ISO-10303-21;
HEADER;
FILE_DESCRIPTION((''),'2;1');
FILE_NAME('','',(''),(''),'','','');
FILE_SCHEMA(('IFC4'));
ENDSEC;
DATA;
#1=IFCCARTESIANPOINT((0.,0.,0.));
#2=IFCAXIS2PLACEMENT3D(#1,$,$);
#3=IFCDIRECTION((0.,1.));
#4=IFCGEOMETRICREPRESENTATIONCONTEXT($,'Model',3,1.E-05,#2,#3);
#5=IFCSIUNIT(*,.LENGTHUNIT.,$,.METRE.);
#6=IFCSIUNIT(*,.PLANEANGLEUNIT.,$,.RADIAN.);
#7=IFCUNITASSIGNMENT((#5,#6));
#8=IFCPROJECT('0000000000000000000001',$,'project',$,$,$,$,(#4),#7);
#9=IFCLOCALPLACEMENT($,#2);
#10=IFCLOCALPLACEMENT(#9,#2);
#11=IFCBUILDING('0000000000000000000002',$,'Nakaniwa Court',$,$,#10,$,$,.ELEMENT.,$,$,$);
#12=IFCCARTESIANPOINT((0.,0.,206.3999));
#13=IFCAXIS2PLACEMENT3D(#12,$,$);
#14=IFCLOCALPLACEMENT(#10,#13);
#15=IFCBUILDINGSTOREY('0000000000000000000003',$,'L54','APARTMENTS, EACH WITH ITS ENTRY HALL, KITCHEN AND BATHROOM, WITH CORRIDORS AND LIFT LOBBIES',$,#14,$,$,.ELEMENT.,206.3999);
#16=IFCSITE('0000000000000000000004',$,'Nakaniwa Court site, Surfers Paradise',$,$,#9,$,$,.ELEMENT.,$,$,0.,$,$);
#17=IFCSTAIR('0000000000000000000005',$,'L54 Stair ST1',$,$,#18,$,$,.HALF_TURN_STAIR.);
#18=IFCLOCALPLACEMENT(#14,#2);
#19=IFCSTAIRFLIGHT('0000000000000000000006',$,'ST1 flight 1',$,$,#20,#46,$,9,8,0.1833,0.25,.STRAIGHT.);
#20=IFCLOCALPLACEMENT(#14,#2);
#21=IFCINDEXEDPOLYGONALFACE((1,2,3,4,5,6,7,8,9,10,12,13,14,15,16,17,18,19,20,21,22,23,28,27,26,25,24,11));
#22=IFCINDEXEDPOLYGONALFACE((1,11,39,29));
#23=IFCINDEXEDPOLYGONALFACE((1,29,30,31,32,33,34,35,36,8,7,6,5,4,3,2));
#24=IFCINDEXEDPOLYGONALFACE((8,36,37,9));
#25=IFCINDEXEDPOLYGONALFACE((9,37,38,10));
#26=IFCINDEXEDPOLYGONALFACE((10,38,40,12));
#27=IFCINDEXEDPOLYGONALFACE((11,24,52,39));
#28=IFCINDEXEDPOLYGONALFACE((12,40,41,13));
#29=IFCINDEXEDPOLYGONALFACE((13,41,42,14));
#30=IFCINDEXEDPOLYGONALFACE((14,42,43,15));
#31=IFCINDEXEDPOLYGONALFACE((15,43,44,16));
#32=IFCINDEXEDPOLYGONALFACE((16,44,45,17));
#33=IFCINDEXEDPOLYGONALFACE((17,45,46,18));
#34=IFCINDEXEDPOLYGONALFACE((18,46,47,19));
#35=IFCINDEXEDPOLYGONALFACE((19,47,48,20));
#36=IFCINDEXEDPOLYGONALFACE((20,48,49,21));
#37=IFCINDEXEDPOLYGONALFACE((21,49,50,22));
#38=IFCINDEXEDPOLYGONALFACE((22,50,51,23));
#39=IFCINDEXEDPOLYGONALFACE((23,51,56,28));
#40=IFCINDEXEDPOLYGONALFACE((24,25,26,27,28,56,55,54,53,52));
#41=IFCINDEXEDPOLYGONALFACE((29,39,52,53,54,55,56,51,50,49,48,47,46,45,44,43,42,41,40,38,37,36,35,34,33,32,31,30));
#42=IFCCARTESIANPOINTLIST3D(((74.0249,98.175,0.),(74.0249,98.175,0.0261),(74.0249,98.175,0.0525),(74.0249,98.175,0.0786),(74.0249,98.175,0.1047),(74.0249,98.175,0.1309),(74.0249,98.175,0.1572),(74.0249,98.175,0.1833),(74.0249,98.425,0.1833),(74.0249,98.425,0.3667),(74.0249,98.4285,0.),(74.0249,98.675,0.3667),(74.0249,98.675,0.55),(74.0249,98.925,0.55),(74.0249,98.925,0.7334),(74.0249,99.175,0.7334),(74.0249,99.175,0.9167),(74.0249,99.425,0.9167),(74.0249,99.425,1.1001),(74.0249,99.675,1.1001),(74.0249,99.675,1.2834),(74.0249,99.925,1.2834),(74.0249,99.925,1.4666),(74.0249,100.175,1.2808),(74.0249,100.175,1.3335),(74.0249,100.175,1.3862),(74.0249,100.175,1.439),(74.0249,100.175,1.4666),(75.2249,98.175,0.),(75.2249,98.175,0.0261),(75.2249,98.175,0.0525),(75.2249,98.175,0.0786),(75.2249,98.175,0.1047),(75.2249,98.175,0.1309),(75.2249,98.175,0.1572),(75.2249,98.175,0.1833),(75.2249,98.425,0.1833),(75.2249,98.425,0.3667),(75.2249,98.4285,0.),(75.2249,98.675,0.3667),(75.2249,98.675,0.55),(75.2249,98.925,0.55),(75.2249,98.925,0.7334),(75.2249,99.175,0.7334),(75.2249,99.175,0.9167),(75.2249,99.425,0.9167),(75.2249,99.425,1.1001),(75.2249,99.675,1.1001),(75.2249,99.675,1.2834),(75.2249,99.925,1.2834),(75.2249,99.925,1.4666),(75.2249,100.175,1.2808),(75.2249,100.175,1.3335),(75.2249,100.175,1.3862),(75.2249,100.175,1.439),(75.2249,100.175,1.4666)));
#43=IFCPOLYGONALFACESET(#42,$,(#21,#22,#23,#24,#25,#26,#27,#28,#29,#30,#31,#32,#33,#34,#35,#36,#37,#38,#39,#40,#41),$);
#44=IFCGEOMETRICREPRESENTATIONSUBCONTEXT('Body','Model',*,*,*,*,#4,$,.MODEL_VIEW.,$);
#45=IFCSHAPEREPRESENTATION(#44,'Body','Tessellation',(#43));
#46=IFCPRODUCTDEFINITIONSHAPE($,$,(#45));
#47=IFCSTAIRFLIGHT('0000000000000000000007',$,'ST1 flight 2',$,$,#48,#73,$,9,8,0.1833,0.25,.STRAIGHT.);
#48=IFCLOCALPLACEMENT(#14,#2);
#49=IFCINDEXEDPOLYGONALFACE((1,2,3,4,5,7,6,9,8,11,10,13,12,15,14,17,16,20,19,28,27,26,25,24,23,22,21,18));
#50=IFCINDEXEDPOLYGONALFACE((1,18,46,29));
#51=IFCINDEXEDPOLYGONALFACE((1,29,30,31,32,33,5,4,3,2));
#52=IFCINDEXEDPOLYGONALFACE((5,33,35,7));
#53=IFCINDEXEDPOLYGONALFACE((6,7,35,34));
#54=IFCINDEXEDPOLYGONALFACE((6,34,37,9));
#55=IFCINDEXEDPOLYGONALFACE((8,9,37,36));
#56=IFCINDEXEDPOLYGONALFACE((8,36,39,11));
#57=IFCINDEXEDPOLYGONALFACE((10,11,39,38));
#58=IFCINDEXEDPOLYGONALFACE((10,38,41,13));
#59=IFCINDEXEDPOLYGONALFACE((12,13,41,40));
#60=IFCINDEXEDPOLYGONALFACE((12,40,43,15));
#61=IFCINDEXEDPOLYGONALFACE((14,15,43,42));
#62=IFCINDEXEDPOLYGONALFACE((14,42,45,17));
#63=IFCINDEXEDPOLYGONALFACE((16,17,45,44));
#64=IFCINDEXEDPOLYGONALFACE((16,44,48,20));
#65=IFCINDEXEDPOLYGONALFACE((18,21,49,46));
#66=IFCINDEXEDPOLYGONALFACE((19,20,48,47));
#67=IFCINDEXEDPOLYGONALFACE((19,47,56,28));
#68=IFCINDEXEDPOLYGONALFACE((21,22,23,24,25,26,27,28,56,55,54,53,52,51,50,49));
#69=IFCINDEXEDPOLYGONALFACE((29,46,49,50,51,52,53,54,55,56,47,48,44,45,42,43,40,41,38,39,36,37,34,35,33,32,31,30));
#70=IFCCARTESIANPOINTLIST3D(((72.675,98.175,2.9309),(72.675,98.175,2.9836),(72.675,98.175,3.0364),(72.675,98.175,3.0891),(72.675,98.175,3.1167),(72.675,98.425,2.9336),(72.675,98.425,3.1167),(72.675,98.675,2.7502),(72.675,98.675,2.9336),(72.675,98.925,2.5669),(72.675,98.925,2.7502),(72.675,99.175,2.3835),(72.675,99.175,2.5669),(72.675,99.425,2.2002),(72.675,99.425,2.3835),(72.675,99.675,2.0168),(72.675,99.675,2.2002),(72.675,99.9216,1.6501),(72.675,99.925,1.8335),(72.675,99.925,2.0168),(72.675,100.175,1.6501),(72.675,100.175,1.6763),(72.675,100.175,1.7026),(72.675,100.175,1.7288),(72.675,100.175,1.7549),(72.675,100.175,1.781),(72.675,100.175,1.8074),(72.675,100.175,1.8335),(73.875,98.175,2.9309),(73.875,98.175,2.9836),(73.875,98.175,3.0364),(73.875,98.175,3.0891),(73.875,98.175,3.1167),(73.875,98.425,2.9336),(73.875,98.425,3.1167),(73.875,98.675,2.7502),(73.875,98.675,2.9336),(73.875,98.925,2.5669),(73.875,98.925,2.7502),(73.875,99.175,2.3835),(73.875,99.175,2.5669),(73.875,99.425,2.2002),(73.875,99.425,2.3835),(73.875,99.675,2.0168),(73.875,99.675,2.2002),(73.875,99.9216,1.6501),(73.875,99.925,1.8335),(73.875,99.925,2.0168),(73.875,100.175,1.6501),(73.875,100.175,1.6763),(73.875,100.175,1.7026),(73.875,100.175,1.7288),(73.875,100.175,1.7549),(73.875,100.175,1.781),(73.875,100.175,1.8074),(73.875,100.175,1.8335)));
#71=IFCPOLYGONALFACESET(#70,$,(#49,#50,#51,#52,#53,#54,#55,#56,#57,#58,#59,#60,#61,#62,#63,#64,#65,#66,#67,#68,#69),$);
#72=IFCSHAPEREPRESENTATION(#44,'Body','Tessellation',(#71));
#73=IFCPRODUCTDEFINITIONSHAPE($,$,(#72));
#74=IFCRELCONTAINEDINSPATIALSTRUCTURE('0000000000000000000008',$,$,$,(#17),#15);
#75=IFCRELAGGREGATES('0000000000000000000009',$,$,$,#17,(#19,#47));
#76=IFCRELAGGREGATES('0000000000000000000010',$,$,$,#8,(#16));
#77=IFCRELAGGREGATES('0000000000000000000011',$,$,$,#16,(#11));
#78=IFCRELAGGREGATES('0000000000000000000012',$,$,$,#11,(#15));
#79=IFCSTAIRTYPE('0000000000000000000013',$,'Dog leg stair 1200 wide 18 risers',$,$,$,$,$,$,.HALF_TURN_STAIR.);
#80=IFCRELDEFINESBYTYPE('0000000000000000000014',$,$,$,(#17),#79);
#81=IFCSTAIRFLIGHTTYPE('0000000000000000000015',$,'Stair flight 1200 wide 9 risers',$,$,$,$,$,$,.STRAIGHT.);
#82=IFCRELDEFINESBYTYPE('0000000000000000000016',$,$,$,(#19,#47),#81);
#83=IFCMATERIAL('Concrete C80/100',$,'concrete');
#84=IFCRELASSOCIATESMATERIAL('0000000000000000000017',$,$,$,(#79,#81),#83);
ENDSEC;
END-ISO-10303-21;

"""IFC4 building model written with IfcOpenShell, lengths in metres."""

from ifc_helpers import new_model, si_unit, direction, frame, origin, place, context, subcontext, project, spatial, polyline, outline, extrude, material, type_object, element, aggregate, save


model = new_model("IFC4")

# Units and contexts
model_context = context("Model", 3, precision=1e-05, world=origin(), true_north=direction((0.0, 1.0)))
body_context = subcontext(model_context, "Body", "Model", "MODEL_VIEW")
ifc_project = project(units=[si_unit("LENGTHUNIT", "METRE"), si_unit("PLANEANGLEUNIT", "RADIAN")], contexts=[model_context])

# Site, building, storey
site_placement = place(None, origin())
site = spatial("IfcSite", under=ifc_project, at=site_placement, Name="Nakaniwa Court site, Surfers Paradise", CompositionType="ELEMENT", RefElevation=0.0)
building_placement = place(site_placement, origin())
building = spatial("IfcBuilding", under=site, at=building_placement, Name="Nakaniwa Court", CompositionType="ELEMENT")
storey_placement = place(building_placement, frame((0.0, 0.0, 206.3999)))
storey = spatial("IfcBuildingStorey", under=building, at=storey_placement, Name="L54", Description="APARTMENTS, EACH WITH ITS ENTRY HALL, KITCHEN AND BATHROOM, WITH CORRIDORS AND LIFT LOBBIES", CompositionType="ELEMENT", Elevation=206.3999)

# Shared definitions
ifc_material_1 = material(Name="Concrete C80/100", Category="concrete")

# Stair, stair flights
stair_type = type_object("IfcStairType", Name="Dog leg stair 1200 wide 18 risers", PredefinedType="HALF_TURN_STAIR", material=ifc_material_1)
stair_placement = place(storey_placement, origin())
stair = element("IfcStair", 1, at=stair_placement, inside=storey, type_object=stair_type, Name="L54 Stair ST1", PredefinedType="HALF_TURN_STAIR")
stair_flight_type = type_object("IfcStairFlightType", Name="Stair flight 1200 wide 9 risers", PredefinedType="STRAIGHT", material=ifc_material_1)
stair_flight_1_placement = place(storey_placement, frame((74.625, 98.175, 0.0), z_axis=(0.0, 0.0, 1.0), x_axis=(0.0, 1.0, 0.0)))
stair_flight_1 = element("IfcStairFlight", 2, at=stair_flight_1_placement, type_object=stair_flight_type, Name="ST1 flight 1", NumberOfRisers=9, NumberOfTreads=8, PredefinedType="STRAIGHT", RiserHeight=0.1833, TreadLength=0.25, context=body_context, shape_type="SweptSolid", body=[
    extrude(outline(polyline([(0.0, 0.0), (0.0, 0.0261), (0.0, 0.0525), (0.0, 0.0786), (0.0, 0.1047), (0.0, 0.1309), (0.0, 0.1572), (0.0, 0.1833), (0.25, 0.1833), (0.25, 0.3667), (0.5, 0.3667), (0.5, 0.55), (0.75, 0.55), (0.75, 0.7334), (1.0, 0.7334), (1.0, 0.9167), (1.25, 0.9167), (1.25, 1.1001), (1.5, 1.1001), (1.5, 1.2834), (1.75, 1.2834), (1.75, 1.4666), (2.0, 1.4666), (2.0, 1.6499), (2.0, 1.5972), (2.0, 1.5444), (2.0, 1.4917), (2.0, 1.439), (2.0, 1.3862), (2.0, 1.3335), (2.0, 1.2808), (0.2534, 0.0), (0.0, 0.0)])), frame((0.0, 0.6001, 0.0), z_axis=(0.0, -1.0, 0.0), x_axis=(1.0, 0.0, 0.0)), (0.0, 0.0, 1.0), 1.2),
])
stair_flight_2_placement = place(storey_placement, frame((73.2749, 100.175, 1.6501), z_axis=(0.0, 0.0, 1.0), x_axis=(0.0, -1.0, 0.0)))
stair_flight_2 = element("IfcStairFlight", 3, at=stair_flight_2_placement, type_object=stair_flight_type, Name="ST1 flight 2", NumberOfRisers=9, NumberOfTreads=8, PredefinedType="STRAIGHT", RiserHeight=0.1833, TreadLength=0.25, context=body_context, shape_type="SweptSolid", body=[
    extrude(outline(polyline([(0.0, 0.0), (0.0, 0.0261), (0.0, 0.0525), (0.0, 0.0786), (0.0, 0.1047), (0.0, 0.1309), (0.0, 0.1572), (0.0, 0.1833), (0.25, 0.1833), (0.25, 0.3667), (0.5, 0.3667), (0.5, 0.55), (0.75, 0.55), (0.75, 0.7334), (1.0, 0.7334), (1.0, 0.9167), (1.25, 0.9167), (1.25, 1.1001), (1.5, 1.1001), (1.5, 1.2834), (1.75, 1.2834), (1.75, 1.4666), (2.0, 1.4666), (2.0, 1.6499), (2.0, 1.5972), (2.0, 1.5444), (2.0, 1.4917), (2.0, 1.439), (2.0, 1.3862), (2.0, 1.3335), (2.0, 1.2808), (0.2534, 0.0), (0.0, 0.0)])), frame((0.0, 0.6001, 0.0), z_axis=(0.0, -1.0, 0.0), x_axis=(1.0, 0.0, 0.0)), (0.0, 0.0, 1.0), 1.2),
])
aggregate(stair, [stair_flight_1, stair_flight_2])

save(model, "model.ifc")
